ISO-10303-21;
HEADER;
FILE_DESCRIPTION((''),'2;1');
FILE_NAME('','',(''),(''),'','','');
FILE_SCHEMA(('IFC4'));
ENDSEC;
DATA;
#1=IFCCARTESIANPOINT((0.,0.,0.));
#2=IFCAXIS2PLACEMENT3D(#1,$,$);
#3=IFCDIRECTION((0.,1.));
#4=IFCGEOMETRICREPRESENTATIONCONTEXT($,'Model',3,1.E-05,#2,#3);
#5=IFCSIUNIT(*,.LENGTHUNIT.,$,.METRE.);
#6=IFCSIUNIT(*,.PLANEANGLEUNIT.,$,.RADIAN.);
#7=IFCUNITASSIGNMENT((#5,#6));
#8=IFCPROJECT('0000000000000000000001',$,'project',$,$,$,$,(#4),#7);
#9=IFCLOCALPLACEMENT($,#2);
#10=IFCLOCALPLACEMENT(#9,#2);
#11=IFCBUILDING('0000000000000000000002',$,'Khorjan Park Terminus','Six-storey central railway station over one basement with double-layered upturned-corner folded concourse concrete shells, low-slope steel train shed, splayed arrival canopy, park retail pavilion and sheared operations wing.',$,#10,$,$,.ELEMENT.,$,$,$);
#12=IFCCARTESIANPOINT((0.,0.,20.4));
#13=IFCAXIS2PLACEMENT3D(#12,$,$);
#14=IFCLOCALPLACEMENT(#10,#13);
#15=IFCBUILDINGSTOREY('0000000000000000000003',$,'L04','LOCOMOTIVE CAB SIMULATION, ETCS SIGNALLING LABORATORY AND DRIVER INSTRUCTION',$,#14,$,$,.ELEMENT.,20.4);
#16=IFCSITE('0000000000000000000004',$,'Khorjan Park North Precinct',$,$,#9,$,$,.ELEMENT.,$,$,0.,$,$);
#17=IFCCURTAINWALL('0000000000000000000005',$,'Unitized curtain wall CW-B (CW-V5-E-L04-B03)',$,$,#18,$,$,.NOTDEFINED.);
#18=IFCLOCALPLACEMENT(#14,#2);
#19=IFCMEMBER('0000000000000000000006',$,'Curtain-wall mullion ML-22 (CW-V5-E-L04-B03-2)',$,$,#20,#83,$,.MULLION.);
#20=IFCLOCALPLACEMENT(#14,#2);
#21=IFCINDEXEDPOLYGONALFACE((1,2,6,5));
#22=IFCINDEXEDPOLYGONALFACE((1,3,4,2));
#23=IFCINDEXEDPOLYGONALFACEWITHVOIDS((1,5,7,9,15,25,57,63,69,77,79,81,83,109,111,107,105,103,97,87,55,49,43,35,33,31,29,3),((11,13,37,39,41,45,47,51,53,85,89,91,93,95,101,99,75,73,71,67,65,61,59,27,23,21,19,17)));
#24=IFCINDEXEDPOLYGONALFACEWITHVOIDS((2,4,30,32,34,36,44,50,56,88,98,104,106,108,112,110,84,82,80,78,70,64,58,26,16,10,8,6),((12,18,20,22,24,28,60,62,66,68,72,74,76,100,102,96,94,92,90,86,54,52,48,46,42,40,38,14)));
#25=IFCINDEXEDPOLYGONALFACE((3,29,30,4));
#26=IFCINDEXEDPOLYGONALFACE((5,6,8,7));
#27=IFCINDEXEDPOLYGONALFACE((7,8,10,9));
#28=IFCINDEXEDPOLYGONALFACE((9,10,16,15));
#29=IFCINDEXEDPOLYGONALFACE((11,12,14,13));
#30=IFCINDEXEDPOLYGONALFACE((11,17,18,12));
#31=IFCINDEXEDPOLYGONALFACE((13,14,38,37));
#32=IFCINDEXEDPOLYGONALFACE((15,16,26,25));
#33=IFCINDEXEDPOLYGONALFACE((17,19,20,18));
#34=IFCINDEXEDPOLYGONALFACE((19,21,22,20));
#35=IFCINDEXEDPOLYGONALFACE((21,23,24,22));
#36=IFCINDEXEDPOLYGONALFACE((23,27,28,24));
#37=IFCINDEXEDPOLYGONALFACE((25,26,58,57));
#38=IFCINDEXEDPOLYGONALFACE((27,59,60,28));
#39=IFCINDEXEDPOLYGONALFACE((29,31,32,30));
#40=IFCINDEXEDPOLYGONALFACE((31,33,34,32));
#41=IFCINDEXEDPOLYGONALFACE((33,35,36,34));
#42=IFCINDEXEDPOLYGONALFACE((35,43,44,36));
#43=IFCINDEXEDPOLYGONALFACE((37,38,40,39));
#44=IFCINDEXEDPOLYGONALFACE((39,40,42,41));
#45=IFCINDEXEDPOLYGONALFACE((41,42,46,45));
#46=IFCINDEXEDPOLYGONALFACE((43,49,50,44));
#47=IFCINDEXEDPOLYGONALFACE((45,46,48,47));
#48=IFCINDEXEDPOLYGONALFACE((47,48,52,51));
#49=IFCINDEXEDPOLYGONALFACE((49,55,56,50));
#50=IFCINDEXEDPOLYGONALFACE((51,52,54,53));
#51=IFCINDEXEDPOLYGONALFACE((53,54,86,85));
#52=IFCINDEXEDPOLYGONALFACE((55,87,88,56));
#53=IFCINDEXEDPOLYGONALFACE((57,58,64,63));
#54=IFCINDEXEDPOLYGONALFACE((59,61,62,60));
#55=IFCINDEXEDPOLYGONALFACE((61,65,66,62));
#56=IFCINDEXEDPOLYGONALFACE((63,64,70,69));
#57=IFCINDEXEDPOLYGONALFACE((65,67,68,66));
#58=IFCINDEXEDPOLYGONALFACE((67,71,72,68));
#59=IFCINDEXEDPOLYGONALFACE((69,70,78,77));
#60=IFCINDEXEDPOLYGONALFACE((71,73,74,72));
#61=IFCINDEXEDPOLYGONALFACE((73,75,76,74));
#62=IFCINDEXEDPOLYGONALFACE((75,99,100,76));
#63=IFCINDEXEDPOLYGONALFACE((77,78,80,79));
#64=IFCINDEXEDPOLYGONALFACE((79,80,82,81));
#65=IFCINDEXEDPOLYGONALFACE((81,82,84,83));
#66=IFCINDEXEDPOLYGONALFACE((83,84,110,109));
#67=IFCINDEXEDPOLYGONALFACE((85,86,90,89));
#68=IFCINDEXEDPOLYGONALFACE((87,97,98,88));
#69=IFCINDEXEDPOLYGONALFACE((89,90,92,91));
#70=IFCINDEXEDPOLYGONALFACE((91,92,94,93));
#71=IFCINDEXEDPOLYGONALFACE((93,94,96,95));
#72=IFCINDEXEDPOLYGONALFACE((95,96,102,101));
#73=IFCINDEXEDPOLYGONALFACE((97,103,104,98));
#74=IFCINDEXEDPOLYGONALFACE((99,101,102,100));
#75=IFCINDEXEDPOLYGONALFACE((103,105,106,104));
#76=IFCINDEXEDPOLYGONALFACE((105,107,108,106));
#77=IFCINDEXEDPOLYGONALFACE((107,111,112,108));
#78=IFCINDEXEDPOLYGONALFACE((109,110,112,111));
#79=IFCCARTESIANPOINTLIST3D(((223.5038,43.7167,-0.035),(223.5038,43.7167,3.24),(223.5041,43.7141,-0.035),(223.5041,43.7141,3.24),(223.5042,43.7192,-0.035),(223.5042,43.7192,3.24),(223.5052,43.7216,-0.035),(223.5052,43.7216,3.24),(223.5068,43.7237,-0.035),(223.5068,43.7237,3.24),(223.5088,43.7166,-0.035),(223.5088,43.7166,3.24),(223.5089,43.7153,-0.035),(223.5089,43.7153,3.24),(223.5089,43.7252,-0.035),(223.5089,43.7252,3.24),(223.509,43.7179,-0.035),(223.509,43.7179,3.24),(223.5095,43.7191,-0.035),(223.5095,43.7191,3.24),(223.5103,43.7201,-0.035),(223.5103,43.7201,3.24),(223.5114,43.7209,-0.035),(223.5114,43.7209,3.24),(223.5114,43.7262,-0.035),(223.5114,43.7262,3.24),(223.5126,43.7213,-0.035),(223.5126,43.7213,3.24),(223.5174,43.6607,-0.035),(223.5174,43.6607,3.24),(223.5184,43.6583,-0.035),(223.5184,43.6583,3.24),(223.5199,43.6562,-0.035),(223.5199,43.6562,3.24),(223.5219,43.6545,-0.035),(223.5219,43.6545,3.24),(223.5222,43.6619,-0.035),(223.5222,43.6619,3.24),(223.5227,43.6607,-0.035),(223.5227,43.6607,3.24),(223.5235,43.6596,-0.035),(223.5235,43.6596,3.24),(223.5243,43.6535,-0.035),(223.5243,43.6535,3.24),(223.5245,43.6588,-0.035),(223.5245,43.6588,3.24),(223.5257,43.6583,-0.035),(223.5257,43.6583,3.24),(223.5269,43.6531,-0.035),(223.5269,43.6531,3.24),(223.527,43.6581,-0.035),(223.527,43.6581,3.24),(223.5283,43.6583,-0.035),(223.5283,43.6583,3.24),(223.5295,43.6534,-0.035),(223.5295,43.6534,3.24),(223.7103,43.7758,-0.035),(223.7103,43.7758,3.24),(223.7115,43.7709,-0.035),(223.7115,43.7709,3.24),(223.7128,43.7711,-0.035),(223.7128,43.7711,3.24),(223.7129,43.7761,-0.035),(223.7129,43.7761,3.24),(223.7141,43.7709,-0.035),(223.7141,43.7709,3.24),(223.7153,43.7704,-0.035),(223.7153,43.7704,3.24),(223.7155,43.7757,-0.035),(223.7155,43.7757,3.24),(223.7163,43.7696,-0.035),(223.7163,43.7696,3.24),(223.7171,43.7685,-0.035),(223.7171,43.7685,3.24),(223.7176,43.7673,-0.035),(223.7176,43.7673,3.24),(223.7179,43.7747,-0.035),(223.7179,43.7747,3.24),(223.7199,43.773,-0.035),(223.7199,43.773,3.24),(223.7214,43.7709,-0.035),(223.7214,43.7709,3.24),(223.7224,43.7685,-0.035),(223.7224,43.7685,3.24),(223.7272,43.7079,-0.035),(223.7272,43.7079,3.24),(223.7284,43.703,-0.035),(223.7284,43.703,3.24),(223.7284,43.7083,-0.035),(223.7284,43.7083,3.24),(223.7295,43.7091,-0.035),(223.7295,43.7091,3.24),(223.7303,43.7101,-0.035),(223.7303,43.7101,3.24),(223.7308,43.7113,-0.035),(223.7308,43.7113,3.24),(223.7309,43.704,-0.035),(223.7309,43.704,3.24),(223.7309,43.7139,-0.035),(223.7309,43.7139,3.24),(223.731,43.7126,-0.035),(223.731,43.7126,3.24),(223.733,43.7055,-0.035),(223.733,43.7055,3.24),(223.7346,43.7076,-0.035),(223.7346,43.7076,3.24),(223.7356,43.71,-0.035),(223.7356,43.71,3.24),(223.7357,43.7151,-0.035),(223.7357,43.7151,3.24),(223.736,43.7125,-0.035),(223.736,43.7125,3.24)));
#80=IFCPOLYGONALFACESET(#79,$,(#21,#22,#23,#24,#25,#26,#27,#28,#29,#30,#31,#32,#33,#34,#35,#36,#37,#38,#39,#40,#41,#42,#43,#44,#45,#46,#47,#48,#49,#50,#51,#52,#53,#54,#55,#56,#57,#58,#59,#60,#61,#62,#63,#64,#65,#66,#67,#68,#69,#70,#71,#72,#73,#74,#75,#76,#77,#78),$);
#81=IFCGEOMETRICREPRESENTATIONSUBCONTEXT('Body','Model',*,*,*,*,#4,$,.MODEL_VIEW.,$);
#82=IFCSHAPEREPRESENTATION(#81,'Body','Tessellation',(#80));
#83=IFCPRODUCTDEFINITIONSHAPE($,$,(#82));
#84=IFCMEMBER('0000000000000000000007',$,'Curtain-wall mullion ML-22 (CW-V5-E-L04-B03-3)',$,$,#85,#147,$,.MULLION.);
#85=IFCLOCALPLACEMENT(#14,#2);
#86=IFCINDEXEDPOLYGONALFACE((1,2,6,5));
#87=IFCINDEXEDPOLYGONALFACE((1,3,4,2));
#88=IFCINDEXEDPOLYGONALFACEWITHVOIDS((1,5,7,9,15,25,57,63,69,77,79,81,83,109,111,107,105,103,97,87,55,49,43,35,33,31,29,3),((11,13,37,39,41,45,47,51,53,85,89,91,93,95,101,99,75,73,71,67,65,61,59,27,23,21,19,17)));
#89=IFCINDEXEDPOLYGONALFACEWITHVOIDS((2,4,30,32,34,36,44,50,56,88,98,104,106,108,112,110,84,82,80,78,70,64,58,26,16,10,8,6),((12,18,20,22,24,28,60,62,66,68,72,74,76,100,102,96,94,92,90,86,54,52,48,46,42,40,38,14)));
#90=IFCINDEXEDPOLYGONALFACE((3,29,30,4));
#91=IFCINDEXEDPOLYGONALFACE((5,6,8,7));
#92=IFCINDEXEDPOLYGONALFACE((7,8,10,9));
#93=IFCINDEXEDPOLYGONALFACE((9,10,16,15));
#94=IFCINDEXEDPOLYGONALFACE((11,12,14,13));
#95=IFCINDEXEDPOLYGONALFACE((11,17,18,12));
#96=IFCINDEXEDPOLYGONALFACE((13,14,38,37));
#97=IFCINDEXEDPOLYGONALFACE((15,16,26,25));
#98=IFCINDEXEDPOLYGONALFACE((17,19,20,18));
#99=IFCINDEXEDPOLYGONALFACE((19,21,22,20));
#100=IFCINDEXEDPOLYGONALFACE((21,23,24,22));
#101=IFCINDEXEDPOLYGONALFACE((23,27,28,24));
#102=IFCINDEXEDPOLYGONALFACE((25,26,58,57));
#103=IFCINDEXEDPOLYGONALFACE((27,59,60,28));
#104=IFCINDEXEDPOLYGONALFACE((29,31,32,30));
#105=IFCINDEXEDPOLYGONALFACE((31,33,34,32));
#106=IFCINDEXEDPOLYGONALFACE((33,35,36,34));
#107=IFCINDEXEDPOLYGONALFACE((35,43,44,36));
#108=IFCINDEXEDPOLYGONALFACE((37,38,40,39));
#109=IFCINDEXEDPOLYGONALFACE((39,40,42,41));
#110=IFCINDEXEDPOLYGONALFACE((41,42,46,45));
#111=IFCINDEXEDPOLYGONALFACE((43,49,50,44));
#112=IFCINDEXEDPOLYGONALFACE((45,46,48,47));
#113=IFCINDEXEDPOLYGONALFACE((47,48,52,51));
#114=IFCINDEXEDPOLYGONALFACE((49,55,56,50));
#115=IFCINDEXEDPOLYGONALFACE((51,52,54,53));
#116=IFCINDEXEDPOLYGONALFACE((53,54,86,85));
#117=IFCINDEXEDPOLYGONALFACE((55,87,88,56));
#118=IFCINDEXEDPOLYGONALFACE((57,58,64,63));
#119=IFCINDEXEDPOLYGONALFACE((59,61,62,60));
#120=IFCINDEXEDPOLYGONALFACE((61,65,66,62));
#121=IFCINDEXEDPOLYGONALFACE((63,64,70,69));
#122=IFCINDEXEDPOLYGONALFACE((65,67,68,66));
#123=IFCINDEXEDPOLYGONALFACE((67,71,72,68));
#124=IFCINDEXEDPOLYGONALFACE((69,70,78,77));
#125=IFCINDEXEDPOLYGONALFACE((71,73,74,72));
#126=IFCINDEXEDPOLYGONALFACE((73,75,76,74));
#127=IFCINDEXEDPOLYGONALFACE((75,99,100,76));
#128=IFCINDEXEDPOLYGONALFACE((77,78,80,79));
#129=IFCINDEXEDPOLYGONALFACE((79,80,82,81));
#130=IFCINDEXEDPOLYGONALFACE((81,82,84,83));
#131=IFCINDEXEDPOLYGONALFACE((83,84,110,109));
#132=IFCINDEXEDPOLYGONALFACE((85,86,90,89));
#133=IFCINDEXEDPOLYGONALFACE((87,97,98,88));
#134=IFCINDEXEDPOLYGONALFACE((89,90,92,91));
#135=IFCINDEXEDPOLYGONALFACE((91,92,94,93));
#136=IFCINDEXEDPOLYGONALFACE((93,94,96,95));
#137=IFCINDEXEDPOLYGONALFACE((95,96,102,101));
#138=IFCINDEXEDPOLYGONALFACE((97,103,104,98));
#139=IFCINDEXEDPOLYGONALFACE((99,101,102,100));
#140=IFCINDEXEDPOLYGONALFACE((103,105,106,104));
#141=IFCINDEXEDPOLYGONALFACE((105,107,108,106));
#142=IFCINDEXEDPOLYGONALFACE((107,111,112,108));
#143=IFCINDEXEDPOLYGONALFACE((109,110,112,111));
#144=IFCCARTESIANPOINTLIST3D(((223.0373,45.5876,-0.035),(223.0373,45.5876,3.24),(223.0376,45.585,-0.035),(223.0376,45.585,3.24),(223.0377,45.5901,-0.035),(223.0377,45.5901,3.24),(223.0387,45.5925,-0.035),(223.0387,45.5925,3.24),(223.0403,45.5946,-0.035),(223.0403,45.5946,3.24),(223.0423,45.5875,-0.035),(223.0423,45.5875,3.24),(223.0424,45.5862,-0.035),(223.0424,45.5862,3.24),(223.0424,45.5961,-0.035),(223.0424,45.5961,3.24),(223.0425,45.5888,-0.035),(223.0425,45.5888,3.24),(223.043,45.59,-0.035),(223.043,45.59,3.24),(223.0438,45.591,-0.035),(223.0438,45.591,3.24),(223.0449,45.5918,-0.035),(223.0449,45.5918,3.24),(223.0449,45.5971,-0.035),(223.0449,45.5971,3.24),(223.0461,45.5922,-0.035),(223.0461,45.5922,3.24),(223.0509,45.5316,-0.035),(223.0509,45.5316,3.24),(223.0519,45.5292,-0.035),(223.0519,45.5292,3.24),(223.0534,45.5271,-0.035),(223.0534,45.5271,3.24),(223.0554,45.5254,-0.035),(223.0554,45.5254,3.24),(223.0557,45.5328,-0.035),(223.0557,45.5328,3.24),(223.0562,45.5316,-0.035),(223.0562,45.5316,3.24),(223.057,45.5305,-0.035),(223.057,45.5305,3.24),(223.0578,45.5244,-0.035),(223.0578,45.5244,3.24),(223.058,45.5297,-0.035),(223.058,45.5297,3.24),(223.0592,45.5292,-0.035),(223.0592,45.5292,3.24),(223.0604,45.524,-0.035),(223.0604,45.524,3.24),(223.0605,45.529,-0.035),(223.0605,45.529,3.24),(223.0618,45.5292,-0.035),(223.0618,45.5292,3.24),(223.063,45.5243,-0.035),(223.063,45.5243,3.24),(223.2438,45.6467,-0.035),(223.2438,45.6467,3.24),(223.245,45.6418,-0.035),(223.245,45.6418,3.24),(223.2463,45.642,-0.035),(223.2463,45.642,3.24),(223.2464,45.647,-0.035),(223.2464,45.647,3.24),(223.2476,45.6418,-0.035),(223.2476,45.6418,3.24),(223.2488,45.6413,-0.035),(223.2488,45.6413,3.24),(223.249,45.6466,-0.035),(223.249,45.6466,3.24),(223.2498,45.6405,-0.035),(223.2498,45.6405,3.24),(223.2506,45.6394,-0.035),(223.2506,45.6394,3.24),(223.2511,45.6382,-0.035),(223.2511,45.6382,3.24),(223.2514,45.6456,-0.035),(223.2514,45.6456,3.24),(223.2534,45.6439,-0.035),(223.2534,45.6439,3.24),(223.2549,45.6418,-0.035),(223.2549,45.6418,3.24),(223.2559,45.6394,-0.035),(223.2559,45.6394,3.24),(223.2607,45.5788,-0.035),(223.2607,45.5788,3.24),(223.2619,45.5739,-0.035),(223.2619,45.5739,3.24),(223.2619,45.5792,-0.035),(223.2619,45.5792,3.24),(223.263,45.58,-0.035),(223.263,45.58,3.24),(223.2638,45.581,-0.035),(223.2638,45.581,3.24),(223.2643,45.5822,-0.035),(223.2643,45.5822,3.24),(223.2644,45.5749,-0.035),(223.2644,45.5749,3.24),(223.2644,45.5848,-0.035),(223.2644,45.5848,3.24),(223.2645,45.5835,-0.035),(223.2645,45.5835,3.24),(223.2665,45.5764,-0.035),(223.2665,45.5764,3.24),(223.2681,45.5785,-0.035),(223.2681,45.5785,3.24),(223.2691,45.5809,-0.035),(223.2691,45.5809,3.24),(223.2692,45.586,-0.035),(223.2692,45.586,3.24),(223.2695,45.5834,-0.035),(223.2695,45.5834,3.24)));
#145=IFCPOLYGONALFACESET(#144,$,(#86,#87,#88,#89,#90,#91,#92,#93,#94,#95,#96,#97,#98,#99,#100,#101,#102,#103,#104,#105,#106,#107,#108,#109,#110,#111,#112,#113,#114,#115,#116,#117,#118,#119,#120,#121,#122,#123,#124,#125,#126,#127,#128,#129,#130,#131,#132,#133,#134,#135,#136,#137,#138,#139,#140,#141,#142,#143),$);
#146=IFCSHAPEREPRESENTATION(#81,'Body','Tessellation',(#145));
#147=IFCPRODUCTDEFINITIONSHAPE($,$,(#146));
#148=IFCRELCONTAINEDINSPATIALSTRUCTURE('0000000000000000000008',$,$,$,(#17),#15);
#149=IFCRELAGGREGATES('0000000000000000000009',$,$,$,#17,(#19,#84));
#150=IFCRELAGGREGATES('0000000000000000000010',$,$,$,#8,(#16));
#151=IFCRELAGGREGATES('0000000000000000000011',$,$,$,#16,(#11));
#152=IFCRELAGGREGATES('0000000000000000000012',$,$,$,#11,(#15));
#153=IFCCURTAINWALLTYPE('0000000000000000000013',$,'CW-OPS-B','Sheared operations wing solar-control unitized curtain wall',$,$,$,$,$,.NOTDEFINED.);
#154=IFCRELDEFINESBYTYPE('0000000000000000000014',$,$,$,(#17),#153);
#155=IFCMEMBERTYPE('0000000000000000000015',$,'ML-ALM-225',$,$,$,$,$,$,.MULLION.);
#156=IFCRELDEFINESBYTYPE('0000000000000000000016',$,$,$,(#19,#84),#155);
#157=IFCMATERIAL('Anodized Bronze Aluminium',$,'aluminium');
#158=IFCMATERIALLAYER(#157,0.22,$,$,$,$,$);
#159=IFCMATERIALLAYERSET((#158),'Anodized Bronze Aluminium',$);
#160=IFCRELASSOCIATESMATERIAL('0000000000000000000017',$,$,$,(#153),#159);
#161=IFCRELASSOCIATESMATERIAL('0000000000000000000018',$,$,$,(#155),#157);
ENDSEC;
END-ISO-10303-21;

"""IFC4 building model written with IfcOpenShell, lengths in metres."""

from ifc_helpers import new_model, si_unit, direction, frame, origin, origin_2d, place, context, subcontext, project, spatial, hollow_rectangle, extrude, material, layer, layer_set, material_profile, profile_set, type_object, element, aggregate, save


model = new_model("IFC4")

# Units and contexts
model_context = context("Model", 3, precision=1e-05, world=origin(), true_north=direction((0.0, 1.0)))
body_context = subcontext(model_context, "Body", "Model", "MODEL_VIEW")
ifc_project = project(units=[si_unit("LENGTHUNIT", "METRE"), si_unit("PLANEANGLEUNIT", "RADIAN")], contexts=[model_context])

# Site, building, storey
site_placement = place(None, origin())
site = spatial("IfcSite", under=ifc_project, at=site_placement, Name="Khorjan Park North Precinct", CompositionType="ELEMENT", RefElevation=0.0)
building_placement = place(site_placement, origin())
building = spatial("IfcBuilding", under=site, at=building_placement, Name="Khorjan Park Terminus", Description="Six-storey central railway station over one basement with double-layered upturned-corner folded concourse concrete shells, low-slope steel train shed, splayed arrival canopy, park retail pavilion and sheared operations wing.", CompositionType="ELEMENT")
storey_placement = place(building_placement, frame((0.0, 0.0, 20.4)))
storey = spatial("IfcBuildingStorey", under=building, at=storey_placement, Name="L04", Description="LOCOMOTIVE CAB SIMULATION, ETCS SIGNALLING LABORATORY AND DRIVER INSTRUCTION", CompositionType="ELEMENT", Elevation=20.4)

# Curtain wall, members
ifc_material_1 = material(Name="Anodized Bronze Aluminium", Category="aluminium")
ifc_layer_1 = layer(ifc_material_1, 0.22)
ifc_layer_set_1 = layer_set([ifc_layer_1], Name="Anodized Bronze Aluminium")
curtain_wall_type = type_object("IfcCurtainWallType", Name="CW-OPS-B", Description="Sheared operations wing solar-control unitized curtain wall", PredefinedType="NOTDEFINED", material=ifc_layer_set_1)
curtain_wall_placement = place(storey_placement, origin())
curtain_wall = element("IfcCurtainWall", 1, at=curtain_wall_placement, inside=storey, type_object=curtain_wall_type, Name="Unitized curtain wall CW-B (CW-V5-E-L04-B03)", PredefinedType="NOTDEFINED")
ifc_material_profile_1 = material_profile(ifc_material_1, hollow_rectangle(XDim=0.075, YDim=0.225, WallThickness=0.005, InnerFilletRadius=0.005, OuterFilletRadius=0.01, at=origin_2d()), Name="ALM 75x225x5")
ifc_profile_set_1 = profile_set([ifc_material_profile_1], Name="Anodized Bronze Aluminium")
member_type_1 = type_object("IfcMemberType", Name="ML-ALM-225", PredefinedType="MULLION", material=ifc_profile_set_1)
member_1_placement = place(storey_placement, frame((223.6199, 43.7146, -0.035), z_axis=(0.0, 0.0, 1.0), x_axis=(-0.241923, 0.970295, 0.0)))
member_1 = element("IfcMember", 2, at=member_1_placement, type_object=member_type_1, Name="Curtain-wall mullion ML-22 (CW-V5-E-L04-B03-2)", PredefinedType="MULLION", context=body_context, shape_type="SweptSolid", body=[
    extrude(hollow_rectangle(XDim=0.075, YDim=0.225, WallThickness=0.005, InnerFilletRadius=0.005, OuterFilletRadius=0.01, at=origin_2d()), origin(), (0.0, 0.0, 1.0), 3.275),
])
member_2_placement = place(storey_placement, frame((223.1534, 45.5855, -0.035), z_axis=(0.0, 0.0, 1.0), x_axis=(-0.241923, 0.970295, 0.0)))
member_2 = element("IfcMember", 3, at=member_2_placement, type_object=member_type_1, Name="Curtain-wall mullion ML-22 (CW-V5-E-L04-B03-3)", PredefinedType="MULLION", context=body_context, shape_type="SweptSolid", body=[
    extrude(hollow_rectangle(XDim=0.075, YDim=0.225, WallThickness=0.005, InnerFilletRadius=0.005, OuterFilletRadius=0.01, at=origin_2d()), origin(), (0.0, 0.0, 1.0), 3.275),
])
aggregate(curtain_wall, [member_1, member_2])

save(model, "model.ifc")
